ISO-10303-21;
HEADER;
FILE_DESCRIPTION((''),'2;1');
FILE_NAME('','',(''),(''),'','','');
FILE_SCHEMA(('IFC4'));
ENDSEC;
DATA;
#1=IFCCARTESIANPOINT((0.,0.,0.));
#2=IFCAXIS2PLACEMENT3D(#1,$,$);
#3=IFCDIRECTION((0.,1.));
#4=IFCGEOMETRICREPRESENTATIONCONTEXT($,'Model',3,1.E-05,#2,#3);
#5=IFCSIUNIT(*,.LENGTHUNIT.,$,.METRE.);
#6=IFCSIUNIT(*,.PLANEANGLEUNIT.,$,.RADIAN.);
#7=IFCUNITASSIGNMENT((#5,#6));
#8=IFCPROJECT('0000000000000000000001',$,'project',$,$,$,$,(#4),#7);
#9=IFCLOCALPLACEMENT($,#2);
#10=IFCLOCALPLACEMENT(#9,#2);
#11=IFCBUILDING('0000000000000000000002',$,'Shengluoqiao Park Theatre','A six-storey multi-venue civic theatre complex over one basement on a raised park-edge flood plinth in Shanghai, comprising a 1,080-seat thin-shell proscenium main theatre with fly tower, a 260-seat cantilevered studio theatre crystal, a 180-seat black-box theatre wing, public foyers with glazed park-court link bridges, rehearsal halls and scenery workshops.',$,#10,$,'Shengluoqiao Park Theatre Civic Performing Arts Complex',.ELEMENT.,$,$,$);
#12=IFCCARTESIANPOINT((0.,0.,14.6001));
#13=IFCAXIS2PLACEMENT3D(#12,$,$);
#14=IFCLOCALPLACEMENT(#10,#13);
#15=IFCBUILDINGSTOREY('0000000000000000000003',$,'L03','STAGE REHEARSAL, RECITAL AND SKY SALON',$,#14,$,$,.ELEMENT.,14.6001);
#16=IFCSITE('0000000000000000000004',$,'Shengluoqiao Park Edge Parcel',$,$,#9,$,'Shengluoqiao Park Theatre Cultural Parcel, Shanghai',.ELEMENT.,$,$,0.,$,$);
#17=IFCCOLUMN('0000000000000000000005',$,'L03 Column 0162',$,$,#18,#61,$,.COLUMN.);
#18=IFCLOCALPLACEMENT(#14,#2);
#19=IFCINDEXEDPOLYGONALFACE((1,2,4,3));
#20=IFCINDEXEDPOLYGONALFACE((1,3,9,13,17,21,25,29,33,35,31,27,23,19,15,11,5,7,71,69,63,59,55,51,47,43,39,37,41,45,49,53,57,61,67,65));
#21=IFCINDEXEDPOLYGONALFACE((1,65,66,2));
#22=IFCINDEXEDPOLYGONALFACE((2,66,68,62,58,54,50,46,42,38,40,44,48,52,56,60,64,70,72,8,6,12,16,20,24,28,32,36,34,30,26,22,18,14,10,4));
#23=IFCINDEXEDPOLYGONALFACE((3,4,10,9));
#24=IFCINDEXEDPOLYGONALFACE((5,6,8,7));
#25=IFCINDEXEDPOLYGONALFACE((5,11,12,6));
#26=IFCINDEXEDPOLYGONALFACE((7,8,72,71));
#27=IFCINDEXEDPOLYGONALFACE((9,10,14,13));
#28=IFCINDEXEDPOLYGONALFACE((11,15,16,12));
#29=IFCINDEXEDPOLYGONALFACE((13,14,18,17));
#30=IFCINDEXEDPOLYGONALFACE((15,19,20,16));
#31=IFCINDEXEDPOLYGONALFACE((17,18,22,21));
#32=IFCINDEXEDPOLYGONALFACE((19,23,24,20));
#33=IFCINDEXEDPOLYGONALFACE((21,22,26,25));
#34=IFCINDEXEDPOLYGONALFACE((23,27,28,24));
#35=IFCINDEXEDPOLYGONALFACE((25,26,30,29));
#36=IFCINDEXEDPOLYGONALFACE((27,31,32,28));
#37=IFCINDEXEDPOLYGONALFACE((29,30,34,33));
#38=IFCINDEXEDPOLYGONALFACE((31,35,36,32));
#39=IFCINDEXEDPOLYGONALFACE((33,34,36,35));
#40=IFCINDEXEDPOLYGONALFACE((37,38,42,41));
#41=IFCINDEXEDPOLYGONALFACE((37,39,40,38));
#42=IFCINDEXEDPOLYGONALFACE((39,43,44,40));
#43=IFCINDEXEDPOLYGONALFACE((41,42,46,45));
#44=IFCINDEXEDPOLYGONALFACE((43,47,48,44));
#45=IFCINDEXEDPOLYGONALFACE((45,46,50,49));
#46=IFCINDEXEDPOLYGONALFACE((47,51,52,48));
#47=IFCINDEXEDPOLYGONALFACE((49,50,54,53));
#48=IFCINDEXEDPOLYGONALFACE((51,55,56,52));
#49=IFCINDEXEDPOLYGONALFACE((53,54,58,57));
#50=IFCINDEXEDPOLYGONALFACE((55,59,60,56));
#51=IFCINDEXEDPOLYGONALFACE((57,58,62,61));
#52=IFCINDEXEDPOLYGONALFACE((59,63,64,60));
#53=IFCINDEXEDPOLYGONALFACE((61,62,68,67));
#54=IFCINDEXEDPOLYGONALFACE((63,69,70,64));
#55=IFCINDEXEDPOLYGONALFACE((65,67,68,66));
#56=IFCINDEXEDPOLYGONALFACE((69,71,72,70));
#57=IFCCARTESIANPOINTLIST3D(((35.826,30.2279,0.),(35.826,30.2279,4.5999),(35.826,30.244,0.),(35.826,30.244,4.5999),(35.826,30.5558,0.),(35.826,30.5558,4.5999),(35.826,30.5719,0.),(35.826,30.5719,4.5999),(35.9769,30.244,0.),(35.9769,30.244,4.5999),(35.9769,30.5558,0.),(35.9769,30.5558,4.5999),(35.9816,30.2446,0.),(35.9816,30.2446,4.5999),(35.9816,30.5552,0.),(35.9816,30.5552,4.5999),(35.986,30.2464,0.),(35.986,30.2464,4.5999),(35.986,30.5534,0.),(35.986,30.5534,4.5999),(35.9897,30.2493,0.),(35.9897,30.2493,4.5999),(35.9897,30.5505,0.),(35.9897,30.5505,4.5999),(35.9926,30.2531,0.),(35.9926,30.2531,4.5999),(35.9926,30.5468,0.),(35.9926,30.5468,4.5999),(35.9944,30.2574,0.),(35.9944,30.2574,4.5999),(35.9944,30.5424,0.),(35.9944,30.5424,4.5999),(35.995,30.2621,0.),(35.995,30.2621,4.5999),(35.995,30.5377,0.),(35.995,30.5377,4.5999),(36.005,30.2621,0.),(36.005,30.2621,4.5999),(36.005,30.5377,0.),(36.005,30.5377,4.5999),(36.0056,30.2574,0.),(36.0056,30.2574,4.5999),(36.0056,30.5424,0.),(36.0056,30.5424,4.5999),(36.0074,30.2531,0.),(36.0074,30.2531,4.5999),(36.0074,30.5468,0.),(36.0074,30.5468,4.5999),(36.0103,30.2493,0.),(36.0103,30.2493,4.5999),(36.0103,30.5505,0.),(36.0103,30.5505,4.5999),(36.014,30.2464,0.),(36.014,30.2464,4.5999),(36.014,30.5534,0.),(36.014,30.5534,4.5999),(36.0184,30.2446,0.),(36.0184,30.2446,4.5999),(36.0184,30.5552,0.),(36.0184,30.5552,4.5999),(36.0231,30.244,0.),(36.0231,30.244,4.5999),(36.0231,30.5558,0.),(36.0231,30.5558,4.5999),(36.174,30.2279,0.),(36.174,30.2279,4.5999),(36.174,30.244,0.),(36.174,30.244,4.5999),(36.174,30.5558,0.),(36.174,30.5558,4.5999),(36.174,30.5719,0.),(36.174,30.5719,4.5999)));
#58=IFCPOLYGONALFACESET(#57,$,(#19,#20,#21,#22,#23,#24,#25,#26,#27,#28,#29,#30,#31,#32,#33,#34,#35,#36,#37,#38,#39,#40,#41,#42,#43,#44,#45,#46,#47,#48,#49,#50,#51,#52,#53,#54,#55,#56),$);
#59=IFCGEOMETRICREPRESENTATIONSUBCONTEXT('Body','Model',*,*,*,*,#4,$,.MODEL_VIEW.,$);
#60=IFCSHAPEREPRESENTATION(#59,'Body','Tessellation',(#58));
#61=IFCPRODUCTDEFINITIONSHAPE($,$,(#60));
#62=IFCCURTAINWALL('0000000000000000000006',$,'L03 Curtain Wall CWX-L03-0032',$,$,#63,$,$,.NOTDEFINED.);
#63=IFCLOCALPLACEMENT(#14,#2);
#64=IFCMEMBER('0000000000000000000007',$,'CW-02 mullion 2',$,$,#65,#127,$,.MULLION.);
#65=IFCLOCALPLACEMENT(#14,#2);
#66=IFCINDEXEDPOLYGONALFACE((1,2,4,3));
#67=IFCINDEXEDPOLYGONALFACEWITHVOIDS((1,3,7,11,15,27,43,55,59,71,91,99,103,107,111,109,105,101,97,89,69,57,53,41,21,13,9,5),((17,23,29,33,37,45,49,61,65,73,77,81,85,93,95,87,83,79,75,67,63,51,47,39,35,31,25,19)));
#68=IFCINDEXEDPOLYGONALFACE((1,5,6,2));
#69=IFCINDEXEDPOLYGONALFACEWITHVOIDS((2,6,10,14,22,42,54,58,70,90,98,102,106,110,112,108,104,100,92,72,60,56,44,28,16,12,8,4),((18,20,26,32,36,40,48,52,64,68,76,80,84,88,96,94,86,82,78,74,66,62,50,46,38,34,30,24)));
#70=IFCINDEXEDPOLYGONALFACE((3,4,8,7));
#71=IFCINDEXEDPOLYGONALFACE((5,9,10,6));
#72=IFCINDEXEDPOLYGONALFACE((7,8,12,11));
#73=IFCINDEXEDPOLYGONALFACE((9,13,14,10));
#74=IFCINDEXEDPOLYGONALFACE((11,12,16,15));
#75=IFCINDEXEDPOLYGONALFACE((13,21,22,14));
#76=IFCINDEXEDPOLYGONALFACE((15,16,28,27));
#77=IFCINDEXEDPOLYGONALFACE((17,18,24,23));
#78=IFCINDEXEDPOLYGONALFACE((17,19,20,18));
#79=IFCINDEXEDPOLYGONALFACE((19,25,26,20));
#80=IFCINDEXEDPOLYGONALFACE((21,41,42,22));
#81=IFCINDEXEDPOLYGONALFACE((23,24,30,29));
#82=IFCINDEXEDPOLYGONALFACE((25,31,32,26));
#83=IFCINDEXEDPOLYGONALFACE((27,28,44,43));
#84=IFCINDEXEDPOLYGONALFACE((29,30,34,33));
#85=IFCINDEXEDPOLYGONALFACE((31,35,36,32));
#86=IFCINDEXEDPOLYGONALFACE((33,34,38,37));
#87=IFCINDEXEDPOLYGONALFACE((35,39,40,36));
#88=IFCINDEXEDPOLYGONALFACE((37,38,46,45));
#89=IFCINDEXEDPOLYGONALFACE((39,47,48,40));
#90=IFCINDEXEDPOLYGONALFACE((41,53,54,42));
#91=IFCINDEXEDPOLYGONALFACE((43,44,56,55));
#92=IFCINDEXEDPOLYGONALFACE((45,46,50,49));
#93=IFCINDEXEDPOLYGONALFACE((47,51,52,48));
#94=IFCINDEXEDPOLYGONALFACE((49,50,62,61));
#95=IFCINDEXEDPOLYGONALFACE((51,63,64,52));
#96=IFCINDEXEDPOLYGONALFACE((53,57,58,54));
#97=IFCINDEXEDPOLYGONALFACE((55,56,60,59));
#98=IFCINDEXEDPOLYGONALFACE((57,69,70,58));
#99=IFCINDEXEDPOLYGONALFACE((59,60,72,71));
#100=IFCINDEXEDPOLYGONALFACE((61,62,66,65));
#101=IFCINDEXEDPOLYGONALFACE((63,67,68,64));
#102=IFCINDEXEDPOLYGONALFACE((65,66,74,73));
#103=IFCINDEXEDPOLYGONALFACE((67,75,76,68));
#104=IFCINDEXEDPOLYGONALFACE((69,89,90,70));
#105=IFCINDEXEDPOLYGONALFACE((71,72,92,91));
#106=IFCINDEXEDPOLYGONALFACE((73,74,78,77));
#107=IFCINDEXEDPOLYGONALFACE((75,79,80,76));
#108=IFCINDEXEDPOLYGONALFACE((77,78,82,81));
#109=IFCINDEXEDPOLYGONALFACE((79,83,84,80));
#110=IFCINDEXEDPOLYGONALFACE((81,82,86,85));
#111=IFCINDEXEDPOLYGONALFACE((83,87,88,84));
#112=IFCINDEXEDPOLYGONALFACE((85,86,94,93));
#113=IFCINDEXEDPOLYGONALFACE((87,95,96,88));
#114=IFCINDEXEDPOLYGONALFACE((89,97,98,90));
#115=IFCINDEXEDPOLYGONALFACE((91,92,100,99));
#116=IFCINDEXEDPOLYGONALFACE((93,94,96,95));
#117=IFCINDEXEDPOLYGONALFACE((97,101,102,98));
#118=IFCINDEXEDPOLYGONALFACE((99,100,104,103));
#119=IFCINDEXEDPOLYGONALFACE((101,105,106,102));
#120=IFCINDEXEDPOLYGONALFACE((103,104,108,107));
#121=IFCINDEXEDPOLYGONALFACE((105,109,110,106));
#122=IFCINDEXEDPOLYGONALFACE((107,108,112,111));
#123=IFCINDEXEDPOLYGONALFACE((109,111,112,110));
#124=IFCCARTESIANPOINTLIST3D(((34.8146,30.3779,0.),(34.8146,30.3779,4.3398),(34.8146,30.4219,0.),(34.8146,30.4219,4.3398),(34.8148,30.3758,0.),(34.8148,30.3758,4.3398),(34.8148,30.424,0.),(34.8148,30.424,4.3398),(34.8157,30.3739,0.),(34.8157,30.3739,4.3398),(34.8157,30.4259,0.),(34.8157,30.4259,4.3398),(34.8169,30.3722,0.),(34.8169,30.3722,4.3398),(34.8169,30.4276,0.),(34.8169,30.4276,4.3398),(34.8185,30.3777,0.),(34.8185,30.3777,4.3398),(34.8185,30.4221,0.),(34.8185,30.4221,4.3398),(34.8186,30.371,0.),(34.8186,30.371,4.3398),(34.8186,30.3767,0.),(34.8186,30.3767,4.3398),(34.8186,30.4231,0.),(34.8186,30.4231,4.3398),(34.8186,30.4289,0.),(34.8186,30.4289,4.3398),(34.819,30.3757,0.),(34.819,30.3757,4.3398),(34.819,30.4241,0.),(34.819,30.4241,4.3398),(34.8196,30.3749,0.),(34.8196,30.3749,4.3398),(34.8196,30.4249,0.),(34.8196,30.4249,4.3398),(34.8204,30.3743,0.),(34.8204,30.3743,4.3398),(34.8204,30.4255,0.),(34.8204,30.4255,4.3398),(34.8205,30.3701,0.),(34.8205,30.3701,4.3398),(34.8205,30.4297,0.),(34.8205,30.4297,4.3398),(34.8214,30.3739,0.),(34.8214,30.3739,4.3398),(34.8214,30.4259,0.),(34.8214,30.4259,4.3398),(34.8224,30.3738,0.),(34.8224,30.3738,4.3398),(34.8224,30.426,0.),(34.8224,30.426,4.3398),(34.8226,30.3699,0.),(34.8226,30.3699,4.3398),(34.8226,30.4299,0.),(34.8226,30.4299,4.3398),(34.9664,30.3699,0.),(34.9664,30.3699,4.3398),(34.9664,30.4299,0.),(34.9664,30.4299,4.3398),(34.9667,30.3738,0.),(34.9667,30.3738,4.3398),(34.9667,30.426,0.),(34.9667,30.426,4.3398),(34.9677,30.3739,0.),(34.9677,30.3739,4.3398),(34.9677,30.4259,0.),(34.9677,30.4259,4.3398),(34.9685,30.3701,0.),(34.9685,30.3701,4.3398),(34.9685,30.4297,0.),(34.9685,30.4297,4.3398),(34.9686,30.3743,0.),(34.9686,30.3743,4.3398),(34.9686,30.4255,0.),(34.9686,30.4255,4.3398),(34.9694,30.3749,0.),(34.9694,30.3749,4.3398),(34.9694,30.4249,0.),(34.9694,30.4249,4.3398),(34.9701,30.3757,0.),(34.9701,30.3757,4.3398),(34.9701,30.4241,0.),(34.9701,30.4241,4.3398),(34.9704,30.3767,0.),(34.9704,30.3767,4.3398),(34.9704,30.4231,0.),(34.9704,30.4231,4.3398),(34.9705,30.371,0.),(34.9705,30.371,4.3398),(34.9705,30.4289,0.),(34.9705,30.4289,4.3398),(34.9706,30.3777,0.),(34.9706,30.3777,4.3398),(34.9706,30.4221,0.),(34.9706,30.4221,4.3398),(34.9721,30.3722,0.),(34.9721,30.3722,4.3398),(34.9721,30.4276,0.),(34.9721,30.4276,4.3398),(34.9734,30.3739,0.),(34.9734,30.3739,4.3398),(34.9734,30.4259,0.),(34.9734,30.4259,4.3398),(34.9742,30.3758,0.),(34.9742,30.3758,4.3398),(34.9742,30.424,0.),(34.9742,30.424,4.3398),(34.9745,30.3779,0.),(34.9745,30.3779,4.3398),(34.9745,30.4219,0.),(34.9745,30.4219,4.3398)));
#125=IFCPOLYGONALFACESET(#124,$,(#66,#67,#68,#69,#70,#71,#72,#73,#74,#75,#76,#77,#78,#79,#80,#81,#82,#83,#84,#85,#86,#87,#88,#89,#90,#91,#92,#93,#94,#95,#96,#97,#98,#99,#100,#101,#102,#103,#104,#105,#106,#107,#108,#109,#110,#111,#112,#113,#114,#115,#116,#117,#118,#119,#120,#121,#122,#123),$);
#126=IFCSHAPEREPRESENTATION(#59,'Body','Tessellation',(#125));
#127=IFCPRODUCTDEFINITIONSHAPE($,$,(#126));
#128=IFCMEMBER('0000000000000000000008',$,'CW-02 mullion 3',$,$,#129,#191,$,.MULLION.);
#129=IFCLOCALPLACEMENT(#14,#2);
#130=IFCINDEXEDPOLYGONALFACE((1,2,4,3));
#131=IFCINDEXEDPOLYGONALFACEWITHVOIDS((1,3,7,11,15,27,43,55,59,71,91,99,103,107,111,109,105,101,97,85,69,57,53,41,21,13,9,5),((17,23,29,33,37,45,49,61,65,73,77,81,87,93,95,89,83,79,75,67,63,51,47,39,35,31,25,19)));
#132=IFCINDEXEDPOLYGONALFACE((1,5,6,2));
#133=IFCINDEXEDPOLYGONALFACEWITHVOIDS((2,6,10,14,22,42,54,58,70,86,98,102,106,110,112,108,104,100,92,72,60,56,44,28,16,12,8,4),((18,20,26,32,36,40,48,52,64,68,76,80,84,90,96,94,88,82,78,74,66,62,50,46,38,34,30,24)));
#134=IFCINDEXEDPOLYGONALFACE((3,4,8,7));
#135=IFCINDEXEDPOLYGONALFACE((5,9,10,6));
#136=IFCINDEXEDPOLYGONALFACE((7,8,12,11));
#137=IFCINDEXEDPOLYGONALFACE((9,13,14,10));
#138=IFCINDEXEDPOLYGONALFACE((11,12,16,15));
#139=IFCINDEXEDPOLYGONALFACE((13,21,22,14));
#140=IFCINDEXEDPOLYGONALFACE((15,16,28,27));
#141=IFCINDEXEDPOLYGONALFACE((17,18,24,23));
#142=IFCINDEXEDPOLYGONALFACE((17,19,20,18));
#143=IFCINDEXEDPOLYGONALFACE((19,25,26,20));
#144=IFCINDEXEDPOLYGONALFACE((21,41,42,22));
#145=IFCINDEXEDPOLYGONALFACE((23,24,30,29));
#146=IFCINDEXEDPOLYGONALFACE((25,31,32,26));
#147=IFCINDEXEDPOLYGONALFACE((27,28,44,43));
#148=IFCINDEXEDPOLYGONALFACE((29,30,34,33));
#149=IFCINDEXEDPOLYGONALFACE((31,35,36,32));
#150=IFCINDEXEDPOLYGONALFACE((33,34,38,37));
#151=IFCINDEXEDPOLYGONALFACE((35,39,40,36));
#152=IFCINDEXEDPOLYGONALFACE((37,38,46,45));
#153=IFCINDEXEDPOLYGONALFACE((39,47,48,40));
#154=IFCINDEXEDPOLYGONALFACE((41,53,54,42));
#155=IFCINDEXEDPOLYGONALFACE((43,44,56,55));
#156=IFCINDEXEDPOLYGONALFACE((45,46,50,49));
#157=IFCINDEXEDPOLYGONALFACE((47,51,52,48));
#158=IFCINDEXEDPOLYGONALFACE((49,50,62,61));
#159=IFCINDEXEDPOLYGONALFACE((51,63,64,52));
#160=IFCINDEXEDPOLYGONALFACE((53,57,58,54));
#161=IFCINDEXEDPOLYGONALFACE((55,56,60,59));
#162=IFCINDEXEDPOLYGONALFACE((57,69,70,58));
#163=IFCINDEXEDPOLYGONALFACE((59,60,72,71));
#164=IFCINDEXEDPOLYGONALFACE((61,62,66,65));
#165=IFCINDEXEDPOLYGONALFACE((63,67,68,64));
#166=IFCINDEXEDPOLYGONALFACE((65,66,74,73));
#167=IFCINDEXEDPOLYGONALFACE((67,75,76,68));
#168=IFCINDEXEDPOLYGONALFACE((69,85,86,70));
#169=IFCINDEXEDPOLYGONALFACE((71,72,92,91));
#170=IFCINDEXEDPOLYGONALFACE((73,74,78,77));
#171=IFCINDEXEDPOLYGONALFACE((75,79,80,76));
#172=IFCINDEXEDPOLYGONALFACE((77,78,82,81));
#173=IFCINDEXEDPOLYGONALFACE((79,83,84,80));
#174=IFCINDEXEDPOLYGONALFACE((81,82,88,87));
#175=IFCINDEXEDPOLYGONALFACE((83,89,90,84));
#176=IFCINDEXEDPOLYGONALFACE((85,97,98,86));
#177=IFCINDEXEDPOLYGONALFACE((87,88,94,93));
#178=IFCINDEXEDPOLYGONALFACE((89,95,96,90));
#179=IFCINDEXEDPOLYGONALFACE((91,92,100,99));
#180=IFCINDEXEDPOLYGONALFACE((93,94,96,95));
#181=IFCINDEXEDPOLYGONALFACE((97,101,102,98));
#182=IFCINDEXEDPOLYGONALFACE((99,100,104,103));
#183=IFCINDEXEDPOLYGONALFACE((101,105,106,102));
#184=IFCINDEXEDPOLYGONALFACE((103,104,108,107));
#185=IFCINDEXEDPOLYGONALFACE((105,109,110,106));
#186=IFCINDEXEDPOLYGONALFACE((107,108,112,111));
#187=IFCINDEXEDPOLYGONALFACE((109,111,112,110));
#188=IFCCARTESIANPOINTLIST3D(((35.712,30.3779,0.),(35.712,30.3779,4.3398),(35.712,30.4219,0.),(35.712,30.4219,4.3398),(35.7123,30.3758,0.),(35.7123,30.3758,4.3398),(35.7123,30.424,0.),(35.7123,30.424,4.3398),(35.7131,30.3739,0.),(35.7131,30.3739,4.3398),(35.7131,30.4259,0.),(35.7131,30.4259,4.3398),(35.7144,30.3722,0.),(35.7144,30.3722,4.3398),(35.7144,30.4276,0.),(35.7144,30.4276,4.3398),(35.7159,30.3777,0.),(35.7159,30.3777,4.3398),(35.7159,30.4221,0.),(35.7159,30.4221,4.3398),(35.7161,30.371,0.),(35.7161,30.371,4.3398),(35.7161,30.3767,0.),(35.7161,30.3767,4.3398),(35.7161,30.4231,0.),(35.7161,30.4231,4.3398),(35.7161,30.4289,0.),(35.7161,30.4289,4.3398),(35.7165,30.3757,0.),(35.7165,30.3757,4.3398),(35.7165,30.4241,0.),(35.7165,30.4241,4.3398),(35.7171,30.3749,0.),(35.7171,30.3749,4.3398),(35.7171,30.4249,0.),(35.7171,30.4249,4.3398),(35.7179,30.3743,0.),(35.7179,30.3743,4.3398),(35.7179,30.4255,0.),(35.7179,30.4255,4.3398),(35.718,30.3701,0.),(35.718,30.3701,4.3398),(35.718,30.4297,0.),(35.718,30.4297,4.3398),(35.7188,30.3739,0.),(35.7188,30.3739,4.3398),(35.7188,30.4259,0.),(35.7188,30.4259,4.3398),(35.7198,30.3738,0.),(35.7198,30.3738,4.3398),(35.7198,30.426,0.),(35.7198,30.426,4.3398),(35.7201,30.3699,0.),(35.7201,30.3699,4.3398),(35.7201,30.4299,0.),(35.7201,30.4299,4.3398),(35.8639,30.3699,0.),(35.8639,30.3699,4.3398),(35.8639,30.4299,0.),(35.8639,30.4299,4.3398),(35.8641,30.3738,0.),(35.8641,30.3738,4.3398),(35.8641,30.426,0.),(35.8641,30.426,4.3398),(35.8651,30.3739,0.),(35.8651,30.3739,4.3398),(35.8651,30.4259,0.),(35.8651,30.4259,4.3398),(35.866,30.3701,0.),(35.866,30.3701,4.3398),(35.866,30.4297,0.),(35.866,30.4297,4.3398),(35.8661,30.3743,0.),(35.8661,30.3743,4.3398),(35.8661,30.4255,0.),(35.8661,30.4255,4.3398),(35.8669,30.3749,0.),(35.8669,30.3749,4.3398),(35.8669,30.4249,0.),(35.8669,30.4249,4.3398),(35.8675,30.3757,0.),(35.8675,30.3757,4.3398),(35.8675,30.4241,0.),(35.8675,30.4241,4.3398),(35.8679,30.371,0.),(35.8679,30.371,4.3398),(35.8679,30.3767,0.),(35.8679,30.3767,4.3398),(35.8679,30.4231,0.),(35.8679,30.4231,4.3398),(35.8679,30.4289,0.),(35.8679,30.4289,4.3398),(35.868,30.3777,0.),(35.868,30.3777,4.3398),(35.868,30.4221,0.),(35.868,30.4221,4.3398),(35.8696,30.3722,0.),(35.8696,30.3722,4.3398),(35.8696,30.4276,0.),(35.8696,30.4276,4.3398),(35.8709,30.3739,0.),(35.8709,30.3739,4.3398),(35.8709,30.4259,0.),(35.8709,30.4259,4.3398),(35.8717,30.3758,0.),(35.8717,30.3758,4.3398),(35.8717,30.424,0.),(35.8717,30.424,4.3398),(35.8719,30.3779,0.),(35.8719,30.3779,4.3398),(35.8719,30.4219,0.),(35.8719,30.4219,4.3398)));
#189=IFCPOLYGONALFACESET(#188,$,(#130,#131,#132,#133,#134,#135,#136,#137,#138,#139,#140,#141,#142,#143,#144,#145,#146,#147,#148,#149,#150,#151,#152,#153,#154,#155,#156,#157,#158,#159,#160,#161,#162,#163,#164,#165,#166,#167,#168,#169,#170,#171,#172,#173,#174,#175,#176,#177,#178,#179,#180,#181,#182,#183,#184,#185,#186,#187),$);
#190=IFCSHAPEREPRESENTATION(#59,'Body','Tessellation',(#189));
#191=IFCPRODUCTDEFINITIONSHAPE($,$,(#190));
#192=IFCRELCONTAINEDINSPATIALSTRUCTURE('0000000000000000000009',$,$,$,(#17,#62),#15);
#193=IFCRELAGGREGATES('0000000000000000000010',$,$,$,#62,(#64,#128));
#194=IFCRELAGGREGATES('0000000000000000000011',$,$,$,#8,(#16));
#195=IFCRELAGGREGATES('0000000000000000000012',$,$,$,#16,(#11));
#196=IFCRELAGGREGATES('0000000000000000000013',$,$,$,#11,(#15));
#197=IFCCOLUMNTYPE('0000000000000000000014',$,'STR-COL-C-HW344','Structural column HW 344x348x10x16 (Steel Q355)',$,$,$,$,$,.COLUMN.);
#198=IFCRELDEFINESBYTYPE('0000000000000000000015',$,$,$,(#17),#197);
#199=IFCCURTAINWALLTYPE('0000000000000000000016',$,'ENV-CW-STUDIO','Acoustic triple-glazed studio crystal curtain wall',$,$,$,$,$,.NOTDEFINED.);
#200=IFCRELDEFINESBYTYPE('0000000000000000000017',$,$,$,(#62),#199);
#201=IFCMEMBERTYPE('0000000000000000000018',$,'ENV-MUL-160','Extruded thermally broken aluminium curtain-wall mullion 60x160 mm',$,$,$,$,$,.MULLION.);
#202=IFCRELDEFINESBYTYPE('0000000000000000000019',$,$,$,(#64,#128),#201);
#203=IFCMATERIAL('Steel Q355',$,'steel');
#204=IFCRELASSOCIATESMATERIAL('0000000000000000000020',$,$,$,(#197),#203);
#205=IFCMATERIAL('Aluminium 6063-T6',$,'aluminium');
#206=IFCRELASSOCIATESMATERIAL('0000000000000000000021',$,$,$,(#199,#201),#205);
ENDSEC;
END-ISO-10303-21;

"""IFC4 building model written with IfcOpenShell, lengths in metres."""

from ifc_helpers import new_model, si_unit, direction, frame, origin, origin_2d, place, context, subcontext, project, spatial, hollow_rectangle, i_section, extrude, material, material_profile, profile_set, type_object, element, aggregate, save


model = new_model("IFC4")

# Units and contexts
model_context = context("Model", 3, precision=1e-05, world=origin(), true_north=direction((0.0, 1.0)))
body_context = subcontext(model_context, "Body", "Model", "MODEL_VIEW")
ifc_project = project(units=[si_unit("LENGTHUNIT", "METRE"), si_unit("PLANEANGLEUNIT", "RADIAN")], contexts=[model_context])

# Site, building, storey
site_placement = place(None, origin())
site = spatial("IfcSite", under=ifc_project, at=site_placement, Name="Shengluoqiao Park Edge Parcel", LongName="Shengluoqiao Park Theatre Cultural Parcel, Shanghai", CompositionType="ELEMENT", RefElevation=0.0)
building_placement = place(site_placement, origin())
building = spatial("IfcBuilding", under=site, at=building_placement, Name="Shengluoqiao Park Theatre", Description="A six-storey multi-venue civic theatre complex over one basement on a raised park-edge flood plinth in Shanghai, comprising a 1,080-seat thin-shell proscenium main theatre with fly tower, a 260-seat cantilevered studio theatre crystal, a 180-seat black-box theatre wing, public foyers with glazed park-court link bridges, rehearsal halls and scenery workshops.", LongName="Shengluoqiao Park Theatre Civic Performing Arts Complex", CompositionType="ELEMENT")
storey_placement = place(building_placement, frame((0.0, 0.0, 14.6001)))
storey = spatial("IfcBuildingStorey", under=building, at=storey_placement, Name="L03", Description="STAGE REHEARSAL, RECITAL AND SKY SALON", CompositionType="ELEMENT", Elevation=14.6001)

# Column
ifc_material_1 = material(Name="Steel Q355", Category="steel")
ifc_material_profile_1 = material_profile(ifc_material_1, i_section(OverallWidth=0.3479, OverallDepth=0.344, WebThickness=0.01, FlangeThickness=0.0161, FilletRadius=0.0181, at=origin_2d()), Name="HW 344x348x10x16")
ifc_profile_set_1 = profile_set([ifc_material_profile_1], Name="Steel Q355")
column_type = type_object("IfcColumnType", Name="STR-COL-C-HW344", Description="Structural column HW 344x348x10x16 (Steel Q355)", PredefinedType="COLUMN", material=ifc_profile_set_1)
column_placement = place(storey_placement, frame((36.0, 30.3999, 0.0), z_axis=(0.0, 0.0, 1.0), x_axis=(1.0, 0.0, 0.0)))
element("IfcColumn", 1, at=column_placement, inside=storey, type_object=column_type, Name="L03 Column 0162", PredefinedType="COLUMN", context=body_context, shape_type="SweptSolid", body=[
    extrude(i_section(OverallWidth=0.3479, OverallDepth=0.344, WebThickness=0.01, FlangeThickness=0.0161, FilletRadius=0.0181, at=origin_2d()), origin(), (0.0, 0.0, 1.0), 4.5999),
])

# Curtain wall, members
ifc_material_2 = material(Name="Aluminium 6063-T6", Category="aluminium")
curtain_wall_type_1 = type_object("IfcCurtainWallType", Name="ENV-CW-STUDIO", Description="Acoustic triple-glazed studio crystal curtain wall", PredefinedType="NOTDEFINED", material=ifc_material_2)
curtain_wall_1_placement = place(storey_placement, origin())
curtain_wall_1 = element("IfcCurtainWall", 2, at=curtain_wall_1_placement, inside=storey, type_object=curtain_wall_type_1, Name="L03 Curtain Wall CWX-L03-0032", PredefinedType="NOTDEFINED")
ifc_material_profile_2 = material_profile(ifc_material_2, hollow_rectangle(XDim=0.0601, YDim=0.1599, WallThickness=0.0039, InnerFilletRadius=0.0039, OuterFilletRadius=0.0081, at=origin_2d()), Name="ALU MULLION 160x60x4")
ifc_profile_set_2 = profile_set([ifc_material_profile_2], Name="Aluminium 6063-T6")
member_type_1 = type_object("IfcMemberType", Name="ENV-MUL-160", Description="Extruded thermally broken aluminium curtain-wall mullion 60x160 mm", PredefinedType="MULLION", material=ifc_profile_set_2)
member_1_placement = place(storey_placement, frame((34.8945, 30.3999, 0.0), z_axis=(0.0, 0.0, 1.0), x_axis=(0.0, 1.0, 0.0)))
member_1 = element("IfcMember", 3, at=member_1_placement, type_object=member_type_1, Name="CW-02 mullion 2", PredefinedType="MULLION", context=body_context, shape_type="SweptSolid", body=[
    extrude(hollow_rectangle(XDim=0.0601, YDim=0.1599, WallThickness=0.0039, InnerFilletRadius=0.0039, OuterFilletRadius=0.0081, at=origin_2d()), origin(), (0.0, 0.0, 1.0), 4.3398),
])
member_2_placement = place(storey_placement, frame((35.792, 30.3999, 0.0), z_axis=(0.0, 0.0, 1.0), x_axis=(0.0, 1.0, 0.0)))
member_2 = element("IfcMember", 4, at=member_2_placement, type_object=member_type_1, Name="CW-02 mullion 3", PredefinedType="MULLION", context=body_context, shape_type="SweptSolid", body=[
    extrude(hollow_rectangle(XDim=0.0601, YDim=0.1599, WallThickness=0.0039, InnerFilletRadius=0.0039, OuterFilletRadius=0.0081, at=origin_2d()), origin(), (0.0, 0.0, 1.0), 4.3398),
])

aggregate(curtain_wall_1, [member_1, member_2])

save(model, "model.ifc")
